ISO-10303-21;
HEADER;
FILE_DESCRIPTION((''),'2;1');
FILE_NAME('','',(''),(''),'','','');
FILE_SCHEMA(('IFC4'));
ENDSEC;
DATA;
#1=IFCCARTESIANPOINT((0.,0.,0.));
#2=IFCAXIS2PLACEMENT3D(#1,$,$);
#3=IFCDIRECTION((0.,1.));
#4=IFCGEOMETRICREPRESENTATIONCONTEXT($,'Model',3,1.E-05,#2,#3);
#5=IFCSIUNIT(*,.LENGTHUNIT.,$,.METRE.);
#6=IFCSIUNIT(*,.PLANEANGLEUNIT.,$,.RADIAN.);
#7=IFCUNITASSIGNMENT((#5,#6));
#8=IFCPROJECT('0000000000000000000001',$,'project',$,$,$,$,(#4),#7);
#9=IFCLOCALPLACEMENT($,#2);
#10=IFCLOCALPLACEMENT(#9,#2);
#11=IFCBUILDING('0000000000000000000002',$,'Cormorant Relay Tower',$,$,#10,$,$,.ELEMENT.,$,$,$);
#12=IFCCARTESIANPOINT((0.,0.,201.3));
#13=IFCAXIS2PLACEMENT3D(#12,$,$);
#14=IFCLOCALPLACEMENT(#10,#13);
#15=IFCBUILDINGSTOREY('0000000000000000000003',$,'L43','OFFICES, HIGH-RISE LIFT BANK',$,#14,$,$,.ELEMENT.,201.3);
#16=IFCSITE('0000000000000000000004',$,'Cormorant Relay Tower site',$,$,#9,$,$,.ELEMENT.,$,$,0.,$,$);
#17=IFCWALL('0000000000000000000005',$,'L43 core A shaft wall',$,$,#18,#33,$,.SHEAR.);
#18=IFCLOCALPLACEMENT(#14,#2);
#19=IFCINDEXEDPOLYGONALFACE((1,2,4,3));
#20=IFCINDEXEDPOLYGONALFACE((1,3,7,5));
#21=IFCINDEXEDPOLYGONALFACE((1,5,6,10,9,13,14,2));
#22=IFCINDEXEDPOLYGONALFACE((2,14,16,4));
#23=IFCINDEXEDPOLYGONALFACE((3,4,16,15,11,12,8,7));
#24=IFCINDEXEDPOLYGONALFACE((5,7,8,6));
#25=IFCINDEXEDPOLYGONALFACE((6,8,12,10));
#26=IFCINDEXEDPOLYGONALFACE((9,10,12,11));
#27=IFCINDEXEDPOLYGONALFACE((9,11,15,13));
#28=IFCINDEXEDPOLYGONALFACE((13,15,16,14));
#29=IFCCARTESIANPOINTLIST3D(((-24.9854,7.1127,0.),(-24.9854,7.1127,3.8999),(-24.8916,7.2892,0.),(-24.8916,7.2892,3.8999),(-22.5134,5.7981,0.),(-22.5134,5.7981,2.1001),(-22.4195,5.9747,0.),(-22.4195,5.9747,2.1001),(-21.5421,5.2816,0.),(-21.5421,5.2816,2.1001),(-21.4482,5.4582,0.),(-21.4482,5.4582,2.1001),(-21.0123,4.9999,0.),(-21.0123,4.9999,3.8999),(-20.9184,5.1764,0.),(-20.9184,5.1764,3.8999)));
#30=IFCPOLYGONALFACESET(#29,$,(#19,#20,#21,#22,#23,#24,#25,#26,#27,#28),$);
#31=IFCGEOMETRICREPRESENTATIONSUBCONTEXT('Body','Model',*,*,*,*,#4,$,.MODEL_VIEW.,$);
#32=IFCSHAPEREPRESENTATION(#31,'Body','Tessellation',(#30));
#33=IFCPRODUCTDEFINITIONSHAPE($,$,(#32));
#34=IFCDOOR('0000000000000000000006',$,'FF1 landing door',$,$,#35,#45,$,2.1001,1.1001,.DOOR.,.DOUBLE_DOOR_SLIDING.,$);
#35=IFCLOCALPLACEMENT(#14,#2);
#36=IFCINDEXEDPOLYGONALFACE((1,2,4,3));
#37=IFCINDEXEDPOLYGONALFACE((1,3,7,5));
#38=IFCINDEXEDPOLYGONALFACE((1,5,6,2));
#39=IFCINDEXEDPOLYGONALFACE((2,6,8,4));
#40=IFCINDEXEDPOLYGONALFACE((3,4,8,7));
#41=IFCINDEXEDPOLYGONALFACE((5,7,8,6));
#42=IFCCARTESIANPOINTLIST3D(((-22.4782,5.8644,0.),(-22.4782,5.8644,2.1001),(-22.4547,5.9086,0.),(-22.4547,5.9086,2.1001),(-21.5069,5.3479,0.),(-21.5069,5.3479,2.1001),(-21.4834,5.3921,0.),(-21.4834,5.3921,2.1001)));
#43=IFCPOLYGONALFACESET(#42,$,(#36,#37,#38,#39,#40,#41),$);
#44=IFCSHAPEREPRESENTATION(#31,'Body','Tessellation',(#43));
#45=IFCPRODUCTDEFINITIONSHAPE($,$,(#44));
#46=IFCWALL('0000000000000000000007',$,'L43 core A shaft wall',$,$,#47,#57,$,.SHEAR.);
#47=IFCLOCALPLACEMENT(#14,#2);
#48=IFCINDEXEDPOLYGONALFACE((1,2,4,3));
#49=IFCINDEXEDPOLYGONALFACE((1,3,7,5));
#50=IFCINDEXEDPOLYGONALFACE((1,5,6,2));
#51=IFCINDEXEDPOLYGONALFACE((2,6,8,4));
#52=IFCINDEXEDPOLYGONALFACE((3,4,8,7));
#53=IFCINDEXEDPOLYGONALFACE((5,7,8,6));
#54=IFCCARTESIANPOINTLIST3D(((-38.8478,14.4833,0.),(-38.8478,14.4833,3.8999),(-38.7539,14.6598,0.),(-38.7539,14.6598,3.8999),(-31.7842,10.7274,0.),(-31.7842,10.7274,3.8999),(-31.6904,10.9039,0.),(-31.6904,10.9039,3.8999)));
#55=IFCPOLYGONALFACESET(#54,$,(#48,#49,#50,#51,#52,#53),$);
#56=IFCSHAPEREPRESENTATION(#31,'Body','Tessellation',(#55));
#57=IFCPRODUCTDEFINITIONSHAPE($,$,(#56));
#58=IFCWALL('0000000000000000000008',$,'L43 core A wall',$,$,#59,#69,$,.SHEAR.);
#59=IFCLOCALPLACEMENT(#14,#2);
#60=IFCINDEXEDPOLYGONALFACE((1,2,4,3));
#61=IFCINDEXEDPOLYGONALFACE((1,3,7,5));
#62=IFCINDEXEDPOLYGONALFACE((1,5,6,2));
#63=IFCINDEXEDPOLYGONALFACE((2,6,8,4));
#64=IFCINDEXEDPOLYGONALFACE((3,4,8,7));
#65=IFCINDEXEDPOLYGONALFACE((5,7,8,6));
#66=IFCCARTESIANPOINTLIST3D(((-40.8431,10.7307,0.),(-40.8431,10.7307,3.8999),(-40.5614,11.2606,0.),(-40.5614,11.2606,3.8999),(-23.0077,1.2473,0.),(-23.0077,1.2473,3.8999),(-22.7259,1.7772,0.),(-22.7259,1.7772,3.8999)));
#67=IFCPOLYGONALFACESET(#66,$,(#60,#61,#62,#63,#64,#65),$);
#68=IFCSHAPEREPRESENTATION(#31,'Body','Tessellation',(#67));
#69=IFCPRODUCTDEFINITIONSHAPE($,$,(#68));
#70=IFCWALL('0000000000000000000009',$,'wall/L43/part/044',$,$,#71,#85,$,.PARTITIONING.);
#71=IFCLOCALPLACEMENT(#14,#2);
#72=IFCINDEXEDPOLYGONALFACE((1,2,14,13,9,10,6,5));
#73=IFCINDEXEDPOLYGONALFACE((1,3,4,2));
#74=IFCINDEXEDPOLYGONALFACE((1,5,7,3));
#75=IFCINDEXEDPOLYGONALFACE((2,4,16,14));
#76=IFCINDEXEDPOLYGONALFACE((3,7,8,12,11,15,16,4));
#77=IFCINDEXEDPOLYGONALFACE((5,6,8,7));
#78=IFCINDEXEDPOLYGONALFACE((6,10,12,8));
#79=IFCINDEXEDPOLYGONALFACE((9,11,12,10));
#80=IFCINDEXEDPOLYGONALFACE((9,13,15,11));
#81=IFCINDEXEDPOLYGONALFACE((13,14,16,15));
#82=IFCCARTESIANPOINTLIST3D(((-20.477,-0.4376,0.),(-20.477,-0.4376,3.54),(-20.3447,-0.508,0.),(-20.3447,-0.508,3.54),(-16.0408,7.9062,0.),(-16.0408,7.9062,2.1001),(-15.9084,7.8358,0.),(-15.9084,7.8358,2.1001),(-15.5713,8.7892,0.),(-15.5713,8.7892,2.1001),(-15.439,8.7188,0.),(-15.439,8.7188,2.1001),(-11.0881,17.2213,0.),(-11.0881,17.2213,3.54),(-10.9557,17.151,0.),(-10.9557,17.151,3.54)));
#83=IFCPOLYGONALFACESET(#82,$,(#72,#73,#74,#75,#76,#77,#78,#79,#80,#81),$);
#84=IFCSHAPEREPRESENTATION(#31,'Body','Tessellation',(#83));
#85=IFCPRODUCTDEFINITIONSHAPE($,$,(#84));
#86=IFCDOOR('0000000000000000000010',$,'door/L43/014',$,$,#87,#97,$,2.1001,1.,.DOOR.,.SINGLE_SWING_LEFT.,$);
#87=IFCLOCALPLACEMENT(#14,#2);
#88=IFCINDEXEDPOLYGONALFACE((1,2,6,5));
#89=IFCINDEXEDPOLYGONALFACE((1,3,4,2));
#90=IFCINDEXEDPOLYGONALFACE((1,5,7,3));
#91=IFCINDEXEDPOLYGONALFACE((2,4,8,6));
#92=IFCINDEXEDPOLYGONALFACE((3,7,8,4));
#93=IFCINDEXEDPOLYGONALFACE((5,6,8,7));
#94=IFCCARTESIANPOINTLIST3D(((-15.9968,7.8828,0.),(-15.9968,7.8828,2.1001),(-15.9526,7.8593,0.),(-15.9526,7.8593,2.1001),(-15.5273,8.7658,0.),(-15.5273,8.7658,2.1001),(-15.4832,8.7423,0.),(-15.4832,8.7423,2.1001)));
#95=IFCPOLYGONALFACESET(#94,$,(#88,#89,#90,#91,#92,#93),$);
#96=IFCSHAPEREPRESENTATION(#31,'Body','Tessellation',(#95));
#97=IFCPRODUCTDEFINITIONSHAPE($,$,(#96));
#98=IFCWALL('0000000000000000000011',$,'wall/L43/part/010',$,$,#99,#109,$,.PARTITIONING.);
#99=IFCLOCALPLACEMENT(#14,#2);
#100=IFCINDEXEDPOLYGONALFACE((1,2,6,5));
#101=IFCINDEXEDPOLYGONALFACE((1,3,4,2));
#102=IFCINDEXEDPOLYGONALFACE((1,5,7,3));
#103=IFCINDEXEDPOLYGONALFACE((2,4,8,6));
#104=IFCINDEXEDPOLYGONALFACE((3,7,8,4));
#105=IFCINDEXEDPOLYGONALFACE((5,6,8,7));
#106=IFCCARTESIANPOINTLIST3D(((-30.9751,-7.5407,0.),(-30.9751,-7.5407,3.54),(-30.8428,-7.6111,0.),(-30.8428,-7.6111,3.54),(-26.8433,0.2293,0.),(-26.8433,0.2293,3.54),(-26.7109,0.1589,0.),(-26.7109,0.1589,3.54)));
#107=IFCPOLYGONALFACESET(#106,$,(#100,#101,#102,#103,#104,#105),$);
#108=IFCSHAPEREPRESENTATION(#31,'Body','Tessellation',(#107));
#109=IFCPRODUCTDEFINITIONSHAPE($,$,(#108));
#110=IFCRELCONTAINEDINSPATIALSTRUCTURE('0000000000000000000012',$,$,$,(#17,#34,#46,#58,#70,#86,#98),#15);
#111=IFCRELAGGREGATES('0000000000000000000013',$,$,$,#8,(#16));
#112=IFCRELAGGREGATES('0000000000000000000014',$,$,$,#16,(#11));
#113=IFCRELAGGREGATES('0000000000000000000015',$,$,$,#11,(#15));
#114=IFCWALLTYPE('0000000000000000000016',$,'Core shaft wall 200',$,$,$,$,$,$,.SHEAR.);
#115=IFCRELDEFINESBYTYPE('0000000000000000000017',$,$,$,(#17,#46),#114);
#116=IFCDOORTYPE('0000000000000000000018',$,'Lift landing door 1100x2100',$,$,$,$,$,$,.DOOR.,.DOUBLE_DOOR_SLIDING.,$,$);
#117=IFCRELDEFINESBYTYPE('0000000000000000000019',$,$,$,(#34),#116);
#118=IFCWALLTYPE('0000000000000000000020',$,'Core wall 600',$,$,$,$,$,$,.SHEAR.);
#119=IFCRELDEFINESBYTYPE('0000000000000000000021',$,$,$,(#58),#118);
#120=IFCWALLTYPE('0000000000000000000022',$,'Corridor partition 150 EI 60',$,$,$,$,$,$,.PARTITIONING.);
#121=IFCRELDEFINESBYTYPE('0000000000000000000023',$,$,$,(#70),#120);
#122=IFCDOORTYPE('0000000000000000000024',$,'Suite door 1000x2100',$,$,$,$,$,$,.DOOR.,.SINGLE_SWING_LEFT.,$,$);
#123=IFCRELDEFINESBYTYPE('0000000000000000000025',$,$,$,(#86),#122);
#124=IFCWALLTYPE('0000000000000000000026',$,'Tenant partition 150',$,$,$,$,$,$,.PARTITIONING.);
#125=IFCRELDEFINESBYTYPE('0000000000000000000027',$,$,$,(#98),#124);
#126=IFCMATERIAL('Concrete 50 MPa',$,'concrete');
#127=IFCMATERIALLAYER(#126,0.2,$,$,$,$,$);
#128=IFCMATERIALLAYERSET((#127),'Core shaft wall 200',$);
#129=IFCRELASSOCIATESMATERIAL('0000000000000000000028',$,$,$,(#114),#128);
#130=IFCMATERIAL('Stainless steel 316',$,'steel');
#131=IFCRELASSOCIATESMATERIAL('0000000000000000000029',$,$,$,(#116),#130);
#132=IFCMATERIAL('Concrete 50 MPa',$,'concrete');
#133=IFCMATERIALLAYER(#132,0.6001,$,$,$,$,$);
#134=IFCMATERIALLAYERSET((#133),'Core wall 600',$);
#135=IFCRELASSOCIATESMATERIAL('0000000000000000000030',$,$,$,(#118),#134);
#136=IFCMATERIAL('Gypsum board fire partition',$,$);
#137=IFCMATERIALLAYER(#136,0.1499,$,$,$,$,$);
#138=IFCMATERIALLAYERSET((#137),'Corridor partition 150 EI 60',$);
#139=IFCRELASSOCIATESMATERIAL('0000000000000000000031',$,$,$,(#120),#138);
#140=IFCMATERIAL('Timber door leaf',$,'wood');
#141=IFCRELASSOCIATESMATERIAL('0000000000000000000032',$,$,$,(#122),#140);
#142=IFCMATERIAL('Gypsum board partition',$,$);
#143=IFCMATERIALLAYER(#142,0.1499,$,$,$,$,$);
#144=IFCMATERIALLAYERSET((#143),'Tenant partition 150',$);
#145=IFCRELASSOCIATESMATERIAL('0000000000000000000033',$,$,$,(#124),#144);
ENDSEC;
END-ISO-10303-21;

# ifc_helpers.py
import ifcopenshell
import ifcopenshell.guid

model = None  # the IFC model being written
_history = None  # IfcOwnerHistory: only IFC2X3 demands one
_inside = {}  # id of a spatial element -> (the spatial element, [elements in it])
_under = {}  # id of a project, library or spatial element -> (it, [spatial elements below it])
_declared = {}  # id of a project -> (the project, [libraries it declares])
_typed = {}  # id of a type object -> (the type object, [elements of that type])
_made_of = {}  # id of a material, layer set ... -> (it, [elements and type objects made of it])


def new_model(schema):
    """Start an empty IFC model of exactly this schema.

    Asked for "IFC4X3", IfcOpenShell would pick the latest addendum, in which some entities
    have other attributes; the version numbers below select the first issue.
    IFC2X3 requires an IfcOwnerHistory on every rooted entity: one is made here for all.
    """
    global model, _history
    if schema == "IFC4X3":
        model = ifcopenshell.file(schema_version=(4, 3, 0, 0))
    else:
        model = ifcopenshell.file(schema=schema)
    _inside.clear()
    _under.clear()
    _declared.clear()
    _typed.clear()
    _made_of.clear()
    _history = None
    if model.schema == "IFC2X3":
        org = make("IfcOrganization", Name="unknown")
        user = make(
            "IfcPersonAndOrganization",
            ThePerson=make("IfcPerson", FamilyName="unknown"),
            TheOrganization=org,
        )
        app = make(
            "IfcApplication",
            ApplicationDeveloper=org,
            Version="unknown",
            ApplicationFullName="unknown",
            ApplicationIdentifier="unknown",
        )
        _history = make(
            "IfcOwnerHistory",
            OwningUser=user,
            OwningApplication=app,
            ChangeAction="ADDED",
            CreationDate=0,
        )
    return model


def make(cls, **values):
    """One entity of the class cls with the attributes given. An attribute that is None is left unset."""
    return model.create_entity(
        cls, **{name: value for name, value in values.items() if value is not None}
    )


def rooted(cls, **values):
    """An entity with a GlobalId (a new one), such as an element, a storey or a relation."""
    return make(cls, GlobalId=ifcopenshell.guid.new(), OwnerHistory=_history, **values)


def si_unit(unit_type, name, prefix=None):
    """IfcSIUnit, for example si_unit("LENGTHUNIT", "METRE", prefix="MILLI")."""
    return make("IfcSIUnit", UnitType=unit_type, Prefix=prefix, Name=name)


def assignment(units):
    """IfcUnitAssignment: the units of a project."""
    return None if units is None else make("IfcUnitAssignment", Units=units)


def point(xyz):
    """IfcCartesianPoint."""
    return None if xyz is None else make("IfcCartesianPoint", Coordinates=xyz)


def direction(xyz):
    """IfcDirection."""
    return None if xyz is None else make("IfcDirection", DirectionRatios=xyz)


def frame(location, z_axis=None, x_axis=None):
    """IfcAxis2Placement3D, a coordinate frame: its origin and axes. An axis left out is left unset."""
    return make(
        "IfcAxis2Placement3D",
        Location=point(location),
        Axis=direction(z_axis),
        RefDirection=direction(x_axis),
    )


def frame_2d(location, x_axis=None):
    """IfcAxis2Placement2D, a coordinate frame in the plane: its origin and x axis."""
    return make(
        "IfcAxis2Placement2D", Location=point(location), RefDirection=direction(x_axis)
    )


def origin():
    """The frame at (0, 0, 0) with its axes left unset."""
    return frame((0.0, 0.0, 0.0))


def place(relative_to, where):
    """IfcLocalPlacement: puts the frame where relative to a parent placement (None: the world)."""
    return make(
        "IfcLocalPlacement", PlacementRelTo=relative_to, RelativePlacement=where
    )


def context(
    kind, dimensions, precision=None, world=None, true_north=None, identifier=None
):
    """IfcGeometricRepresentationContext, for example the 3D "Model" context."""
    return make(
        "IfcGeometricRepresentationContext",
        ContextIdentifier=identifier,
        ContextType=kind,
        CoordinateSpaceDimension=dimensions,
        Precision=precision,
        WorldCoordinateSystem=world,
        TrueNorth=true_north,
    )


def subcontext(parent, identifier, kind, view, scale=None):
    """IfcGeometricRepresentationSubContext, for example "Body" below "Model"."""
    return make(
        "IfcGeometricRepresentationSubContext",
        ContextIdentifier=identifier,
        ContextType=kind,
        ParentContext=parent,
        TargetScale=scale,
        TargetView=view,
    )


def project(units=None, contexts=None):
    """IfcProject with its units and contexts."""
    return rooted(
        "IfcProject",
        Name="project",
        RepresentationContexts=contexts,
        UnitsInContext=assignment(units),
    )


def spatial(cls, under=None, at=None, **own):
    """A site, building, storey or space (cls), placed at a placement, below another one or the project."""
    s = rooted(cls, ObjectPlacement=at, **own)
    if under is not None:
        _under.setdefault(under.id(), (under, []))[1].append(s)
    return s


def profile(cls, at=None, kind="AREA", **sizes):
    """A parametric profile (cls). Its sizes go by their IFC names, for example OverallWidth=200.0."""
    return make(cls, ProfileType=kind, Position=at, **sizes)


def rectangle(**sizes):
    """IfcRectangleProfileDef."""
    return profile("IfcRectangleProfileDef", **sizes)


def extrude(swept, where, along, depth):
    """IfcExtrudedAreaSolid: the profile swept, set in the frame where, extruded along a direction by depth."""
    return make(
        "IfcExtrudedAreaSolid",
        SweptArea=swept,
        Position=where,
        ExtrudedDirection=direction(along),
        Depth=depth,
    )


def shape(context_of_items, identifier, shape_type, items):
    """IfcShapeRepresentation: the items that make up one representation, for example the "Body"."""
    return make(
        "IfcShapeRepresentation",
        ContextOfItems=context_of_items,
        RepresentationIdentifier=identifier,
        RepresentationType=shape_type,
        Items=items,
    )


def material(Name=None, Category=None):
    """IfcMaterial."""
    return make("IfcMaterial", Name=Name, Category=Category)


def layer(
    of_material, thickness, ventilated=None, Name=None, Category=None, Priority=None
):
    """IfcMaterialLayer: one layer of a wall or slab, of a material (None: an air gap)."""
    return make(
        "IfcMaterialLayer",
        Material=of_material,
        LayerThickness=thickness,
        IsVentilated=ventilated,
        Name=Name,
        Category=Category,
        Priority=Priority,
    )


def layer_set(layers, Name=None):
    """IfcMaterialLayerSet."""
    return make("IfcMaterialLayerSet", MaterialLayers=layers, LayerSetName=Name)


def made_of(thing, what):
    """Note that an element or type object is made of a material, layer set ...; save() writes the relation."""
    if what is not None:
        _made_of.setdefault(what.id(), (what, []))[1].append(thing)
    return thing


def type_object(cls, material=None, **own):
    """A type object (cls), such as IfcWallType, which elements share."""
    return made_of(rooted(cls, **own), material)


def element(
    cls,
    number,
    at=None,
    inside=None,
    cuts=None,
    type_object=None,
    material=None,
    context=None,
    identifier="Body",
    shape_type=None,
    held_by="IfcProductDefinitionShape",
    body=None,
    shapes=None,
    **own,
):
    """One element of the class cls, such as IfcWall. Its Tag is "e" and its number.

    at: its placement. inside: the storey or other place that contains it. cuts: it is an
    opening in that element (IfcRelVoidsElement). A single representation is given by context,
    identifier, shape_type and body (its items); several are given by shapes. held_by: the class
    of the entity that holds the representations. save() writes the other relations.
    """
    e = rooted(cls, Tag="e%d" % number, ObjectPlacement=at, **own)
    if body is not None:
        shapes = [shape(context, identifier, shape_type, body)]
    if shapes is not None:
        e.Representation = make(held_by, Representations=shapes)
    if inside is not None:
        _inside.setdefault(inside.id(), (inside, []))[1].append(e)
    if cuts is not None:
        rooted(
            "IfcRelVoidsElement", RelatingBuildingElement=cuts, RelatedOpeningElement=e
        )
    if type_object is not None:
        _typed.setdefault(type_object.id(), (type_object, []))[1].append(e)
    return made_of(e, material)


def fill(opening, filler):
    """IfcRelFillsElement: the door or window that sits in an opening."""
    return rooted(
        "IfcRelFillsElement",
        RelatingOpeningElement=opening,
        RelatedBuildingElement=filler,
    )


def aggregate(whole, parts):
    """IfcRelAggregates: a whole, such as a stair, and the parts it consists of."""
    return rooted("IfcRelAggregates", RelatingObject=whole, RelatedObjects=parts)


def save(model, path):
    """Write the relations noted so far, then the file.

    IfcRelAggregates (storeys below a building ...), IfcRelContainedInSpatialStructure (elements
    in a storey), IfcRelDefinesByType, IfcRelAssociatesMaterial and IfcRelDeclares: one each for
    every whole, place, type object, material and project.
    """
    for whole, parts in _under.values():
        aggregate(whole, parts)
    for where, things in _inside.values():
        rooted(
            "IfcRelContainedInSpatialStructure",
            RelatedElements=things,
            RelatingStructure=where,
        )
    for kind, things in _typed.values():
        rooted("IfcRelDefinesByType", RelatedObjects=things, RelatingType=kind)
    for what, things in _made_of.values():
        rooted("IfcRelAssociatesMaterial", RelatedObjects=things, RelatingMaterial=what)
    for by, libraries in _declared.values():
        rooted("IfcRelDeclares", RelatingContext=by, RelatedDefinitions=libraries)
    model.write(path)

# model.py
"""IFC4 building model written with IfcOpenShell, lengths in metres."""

from ifc_helpers import new_model, si_unit, direction, frame, frame_2d, origin, place, context, subcontext, project, spatial, rectangle, extrude, material, layer, layer_set, type_object, element, fill, save


model = new_model("IFC4")

# Units and contexts
model_context = context("Model", 3, precision=1e-05, world=origin(), true_north=direction((0.0, 1.0)))
body_context = subcontext(model_context, "Body", "Model", "MODEL_VIEW")
ifc_project = project(units=[si_unit("LENGTHUNIT", "METRE"), si_unit("PLANEANGLEUNIT", "RADIAN")], contexts=[model_context])

# Site, building, storey
site_placement = place(None, origin())
site = spatial("IfcSite", under=ifc_project, at=site_placement, Name="Cormorant Relay Tower site", CompositionType="ELEMENT", RefElevation=0.0)
building_placement = place(site_placement, origin())
building = spatial("IfcBuilding", under=site, at=building_placement, Name="Cormorant Relay Tower", CompositionType="ELEMENT")
storey_placement = place(building_placement, frame((0.0, 0.0, 201.3)))
storey = spatial("IfcBuildingStorey", under=building, at=storey_placement, Name="L43", Description="OFFICES, HIGH-RISE LIFT BANK", CompositionType="ELEMENT", Elevation=201.3)

# Shared definitions
ifc_material_1 = material(Name="Concrete 50 MPa", Category="concrete")
ifc_layer_1 = layer(ifc_material_1, 0.2)
ifc_layer_set_1 = layer_set([ifc_layer_1], Name="Core shaft wall 200")
wall_type_1 = type_object("IfcWallType", Name="Core shaft wall 200", PredefinedType="SHEAR", material=ifc_layer_set_1)

# Shared definitions
ifc_material_2 = material(Name="Stainless steel 316", Category="steel")
door_type_1 = type_object("IfcDoorType", Name="Lift landing door 1100x2100", OperationType="DOUBLE_DOOR_SLIDING", PredefinedType="DOOR", material=ifc_material_2)

# Wall, opening, door
wall_1_placement = place(storey_placement, frame((-20.9653, 5.0881, 0.0), z_axis=(0.0, 0.0, 1.0), x_axis=(-0.882926, 0.469512, 0.0)))
wall_1 = element("IfcWall", 1, at=wall_1_placement, inside=storey, type_object=wall_type_1, Name="L43 core A shaft wall", PredefinedType="SHEAR", context=body_context, shape_type="SweptSolid", body=[
    extrude(rectangle(XDim=4.5, YDim=0.2, at=frame_2d((2.25, 0.0))), origin(), (0.0, 0.0, 1.0), 3.8999),
])
opening_1_placement = place(wall_1_placement, frame((0.6001, 0.0, 0.0)))
opening_1 = element("IfcOpeningElement", 2, at=opening_1_placement, cuts=wall_1, PredefinedType="OPENING", context=body_context, shape_type="SweptSolid", body=[
    extrude(rectangle(XDim=1.1001, YDim=2.1001, at=frame_2d((0.55, 1.05))), frame((0.0, 0.1099, 0.0), z_axis=(0.0, -1.0, 0.0), x_axis=(1.0, 0.0, 0.0)), (0.0, 0.0, 1.0), 0.22),
])
door_1_placement = place(opening_1_placement, origin())
door_1 = element("IfcDoor", 3, at=door_1_placement, inside=storey, type_object=door_type_1, Name="FF1 landing door", OperationType="DOUBLE_DOOR_SLIDING", OverallHeight=2.1001, OverallWidth=1.1001, PredefinedType="DOOR", context=body_context, shape_type="SweptSolid", body=[
    extrude(rectangle(XDim=1.1001, YDim=2.1001, at=frame_2d((0.55, 1.05))), frame((0.0, 0.0249, 0.0), z_axis=(0.0, -1.0, 0.0), x_axis=(1.0, 0.0, 0.0)), (0.0, 0.0, 1.0), 0.05),
])
fill(opening_1, door_1)

# Walls
wall_2_placement = place(storey_placement, frame((-31.7373, 10.8157, 0.0), z_axis=(0.0, 0.0, 1.0), x_axis=(-0.88294, 0.469485, 0.0)))
element("IfcWall", 4, at=wall_2_placement, inside=storey, type_object=wall_type_1, Name="L43 core A shaft wall", PredefinedType="SHEAR", context=body_context, shape_type="SweptSolid", body=[
    extrude(rectangle(XDim=8.0, YDim=0.2, at=frame_2d((4.0, 0.0))), origin(), (0.0, 0.0, 1.0), 3.8999),
])
ifc_material_3 = material(Name="Concrete 50 MPa", Category="concrete")
ifc_layer_2 = layer(ifc_material_3, 0.6001)
ifc_layer_set_2 = layer_set([ifc_layer_2], Name="Core wall 600")
wall_type_2 = type_object("IfcWallType", Name="Core wall 600", PredefinedType="SHEAR", material=ifc_layer_set_2)
wall_3_placement = place(storey_placement, frame((-22.8667, 1.5122, 0.0), z_axis=(0.0, 0.0, 1.0), x_axis=(-0.882945, 0.469476, 0.0)))
element("IfcWall", 5, at=wall_3_placement, inside=storey, type_object=wall_type_2, Name="L43 core A wall", PredefinedType="SHEAR", context=body_context, shape_type="SweptSolid", body=[
    extrude(rectangle(XDim=20.2, YDim=0.6001, at=frame_2d((10.1001, 0.0))), origin(), (0.0, 0.0, 1.0), 3.8999),
])

# Wall, opening, door
ifc_material_4 = material(Name="Gypsum board fire partition")
ifc_layer_3 = layer(ifc_material_4, 0.1499)
ifc_layer_set_3 = layer_set([ifc_layer_3], Name="Corridor partition 150 EI 60")
wall_type_3 = type_object("IfcWallType", Name="Corridor partition 150 EI 60", PredefinedType="PARTITIONING", material=ifc_layer_set_3)
wall_4_placement = place(storey_placement, frame((-20.4109, -0.4729, 0.0), z_axis=(0.0, 0.0, 1.0), x_axis=(0.469452, 0.882958, 0.0)))
wall_4 = element("IfcWall", 6, at=wall_4_placement, inside=storey, type_object=wall_type_3, Name="wall/L43/part/044", PredefinedType="PARTITIONING", context=body_context, shape_type="SweptSolid", body=[
    extrude(rectangle(XDim=19.9998, YDim=0.1499, at=frame_2d((10.0, 0.0))), origin(), (0.0, 0.0, 1.0), 3.54),
])
opening_2_placement = place(wall_4_placement, frame((9.45, 0.0, 0.0)))
opening_2 = element("IfcOpeningElement", 7, at=opening_2_placement, cuts=wall_4, PredefinedType="OPENING", context=body_context, shape_type="SweptSolid", body=[
    extrude(rectangle(XDim=1.0, YDim=2.1001, at=frame_2d((0.5, 1.05))), frame((0.0, 0.085, 0.0), z_axis=(0.0, -1.0, 0.0), x_axis=(1.0, 0.0, 0.0)), (0.0, 0.0, 1.0), 0.1699),
])
ifc_material_5 = material(Name="Timber door leaf", Category="wood")
door_type_2 = type_object("IfcDoorType", Name="Suite door 1000x2100", OperationType="SINGLE_SWING_LEFT", PredefinedType="DOOR", material=ifc_material_5)
door_2_placement = place(opening_2_placement, frame((1.0, 0.0, 0.0), z_axis=(0.0, 0.0, 1.0), x_axis=(-1.0, 0.0, 0.0)))
door_2 = element("IfcDoor", 8, at=door_2_placement, inside=storey, type_object=door_type_2, Name="door/L43/014", OperationType="SINGLE_SWING_LEFT", OverallHeight=2.1001, OverallWidth=1.0, PredefinedType="DOOR", context=body_context, shape_type="SweptSolid", body=[
    extrude(rectangle(XDim=1.0, YDim=2.1001, at=frame_2d((0.5, 1.05))), frame((0.0, 0.0249, 0.0), z_axis=(0.0, -1.0, 0.0), x_axis=(1.0, 0.0, 0.0)), (0.0, 0.0, 1.0), 0.05),
])
fill(opening_2, door_2)

# Wall
ifc_material_6 = material(Name="Gypsum board partition")
ifc_layer_4 = layer(ifc_material_6, 0.1499)
ifc_layer_set_4 = layer_set([ifc_layer_4], Name="Tenant partition 150")
wall_type_4 = type_object("IfcWallType", Name="Tenant partition 150", PredefinedType="PARTITIONING", material=ifc_layer_set_4)
wall_5_placement = place(storey_placement, frame((-26.7771, 0.1941, 0.0), z_axis=(0.0, 0.0, 1.0), x_axis=(-0.469511, -0.882927, 0.0)))
element("IfcWall", 9, at=wall_5_placement, inside=storey, type_object=wall_type_4, Name="wall/L43/part/010", PredefinedType="PARTITIONING", context=body_context, shape_type="SweptSolid", body=[
    extrude(rectangle(XDim=8.8003, YDim=0.1499, at=frame_2d((4.4001, 0.0))), origin(), (0.0, 0.0, 1.0), 3.54),
])

save(model, "model.ifc")
